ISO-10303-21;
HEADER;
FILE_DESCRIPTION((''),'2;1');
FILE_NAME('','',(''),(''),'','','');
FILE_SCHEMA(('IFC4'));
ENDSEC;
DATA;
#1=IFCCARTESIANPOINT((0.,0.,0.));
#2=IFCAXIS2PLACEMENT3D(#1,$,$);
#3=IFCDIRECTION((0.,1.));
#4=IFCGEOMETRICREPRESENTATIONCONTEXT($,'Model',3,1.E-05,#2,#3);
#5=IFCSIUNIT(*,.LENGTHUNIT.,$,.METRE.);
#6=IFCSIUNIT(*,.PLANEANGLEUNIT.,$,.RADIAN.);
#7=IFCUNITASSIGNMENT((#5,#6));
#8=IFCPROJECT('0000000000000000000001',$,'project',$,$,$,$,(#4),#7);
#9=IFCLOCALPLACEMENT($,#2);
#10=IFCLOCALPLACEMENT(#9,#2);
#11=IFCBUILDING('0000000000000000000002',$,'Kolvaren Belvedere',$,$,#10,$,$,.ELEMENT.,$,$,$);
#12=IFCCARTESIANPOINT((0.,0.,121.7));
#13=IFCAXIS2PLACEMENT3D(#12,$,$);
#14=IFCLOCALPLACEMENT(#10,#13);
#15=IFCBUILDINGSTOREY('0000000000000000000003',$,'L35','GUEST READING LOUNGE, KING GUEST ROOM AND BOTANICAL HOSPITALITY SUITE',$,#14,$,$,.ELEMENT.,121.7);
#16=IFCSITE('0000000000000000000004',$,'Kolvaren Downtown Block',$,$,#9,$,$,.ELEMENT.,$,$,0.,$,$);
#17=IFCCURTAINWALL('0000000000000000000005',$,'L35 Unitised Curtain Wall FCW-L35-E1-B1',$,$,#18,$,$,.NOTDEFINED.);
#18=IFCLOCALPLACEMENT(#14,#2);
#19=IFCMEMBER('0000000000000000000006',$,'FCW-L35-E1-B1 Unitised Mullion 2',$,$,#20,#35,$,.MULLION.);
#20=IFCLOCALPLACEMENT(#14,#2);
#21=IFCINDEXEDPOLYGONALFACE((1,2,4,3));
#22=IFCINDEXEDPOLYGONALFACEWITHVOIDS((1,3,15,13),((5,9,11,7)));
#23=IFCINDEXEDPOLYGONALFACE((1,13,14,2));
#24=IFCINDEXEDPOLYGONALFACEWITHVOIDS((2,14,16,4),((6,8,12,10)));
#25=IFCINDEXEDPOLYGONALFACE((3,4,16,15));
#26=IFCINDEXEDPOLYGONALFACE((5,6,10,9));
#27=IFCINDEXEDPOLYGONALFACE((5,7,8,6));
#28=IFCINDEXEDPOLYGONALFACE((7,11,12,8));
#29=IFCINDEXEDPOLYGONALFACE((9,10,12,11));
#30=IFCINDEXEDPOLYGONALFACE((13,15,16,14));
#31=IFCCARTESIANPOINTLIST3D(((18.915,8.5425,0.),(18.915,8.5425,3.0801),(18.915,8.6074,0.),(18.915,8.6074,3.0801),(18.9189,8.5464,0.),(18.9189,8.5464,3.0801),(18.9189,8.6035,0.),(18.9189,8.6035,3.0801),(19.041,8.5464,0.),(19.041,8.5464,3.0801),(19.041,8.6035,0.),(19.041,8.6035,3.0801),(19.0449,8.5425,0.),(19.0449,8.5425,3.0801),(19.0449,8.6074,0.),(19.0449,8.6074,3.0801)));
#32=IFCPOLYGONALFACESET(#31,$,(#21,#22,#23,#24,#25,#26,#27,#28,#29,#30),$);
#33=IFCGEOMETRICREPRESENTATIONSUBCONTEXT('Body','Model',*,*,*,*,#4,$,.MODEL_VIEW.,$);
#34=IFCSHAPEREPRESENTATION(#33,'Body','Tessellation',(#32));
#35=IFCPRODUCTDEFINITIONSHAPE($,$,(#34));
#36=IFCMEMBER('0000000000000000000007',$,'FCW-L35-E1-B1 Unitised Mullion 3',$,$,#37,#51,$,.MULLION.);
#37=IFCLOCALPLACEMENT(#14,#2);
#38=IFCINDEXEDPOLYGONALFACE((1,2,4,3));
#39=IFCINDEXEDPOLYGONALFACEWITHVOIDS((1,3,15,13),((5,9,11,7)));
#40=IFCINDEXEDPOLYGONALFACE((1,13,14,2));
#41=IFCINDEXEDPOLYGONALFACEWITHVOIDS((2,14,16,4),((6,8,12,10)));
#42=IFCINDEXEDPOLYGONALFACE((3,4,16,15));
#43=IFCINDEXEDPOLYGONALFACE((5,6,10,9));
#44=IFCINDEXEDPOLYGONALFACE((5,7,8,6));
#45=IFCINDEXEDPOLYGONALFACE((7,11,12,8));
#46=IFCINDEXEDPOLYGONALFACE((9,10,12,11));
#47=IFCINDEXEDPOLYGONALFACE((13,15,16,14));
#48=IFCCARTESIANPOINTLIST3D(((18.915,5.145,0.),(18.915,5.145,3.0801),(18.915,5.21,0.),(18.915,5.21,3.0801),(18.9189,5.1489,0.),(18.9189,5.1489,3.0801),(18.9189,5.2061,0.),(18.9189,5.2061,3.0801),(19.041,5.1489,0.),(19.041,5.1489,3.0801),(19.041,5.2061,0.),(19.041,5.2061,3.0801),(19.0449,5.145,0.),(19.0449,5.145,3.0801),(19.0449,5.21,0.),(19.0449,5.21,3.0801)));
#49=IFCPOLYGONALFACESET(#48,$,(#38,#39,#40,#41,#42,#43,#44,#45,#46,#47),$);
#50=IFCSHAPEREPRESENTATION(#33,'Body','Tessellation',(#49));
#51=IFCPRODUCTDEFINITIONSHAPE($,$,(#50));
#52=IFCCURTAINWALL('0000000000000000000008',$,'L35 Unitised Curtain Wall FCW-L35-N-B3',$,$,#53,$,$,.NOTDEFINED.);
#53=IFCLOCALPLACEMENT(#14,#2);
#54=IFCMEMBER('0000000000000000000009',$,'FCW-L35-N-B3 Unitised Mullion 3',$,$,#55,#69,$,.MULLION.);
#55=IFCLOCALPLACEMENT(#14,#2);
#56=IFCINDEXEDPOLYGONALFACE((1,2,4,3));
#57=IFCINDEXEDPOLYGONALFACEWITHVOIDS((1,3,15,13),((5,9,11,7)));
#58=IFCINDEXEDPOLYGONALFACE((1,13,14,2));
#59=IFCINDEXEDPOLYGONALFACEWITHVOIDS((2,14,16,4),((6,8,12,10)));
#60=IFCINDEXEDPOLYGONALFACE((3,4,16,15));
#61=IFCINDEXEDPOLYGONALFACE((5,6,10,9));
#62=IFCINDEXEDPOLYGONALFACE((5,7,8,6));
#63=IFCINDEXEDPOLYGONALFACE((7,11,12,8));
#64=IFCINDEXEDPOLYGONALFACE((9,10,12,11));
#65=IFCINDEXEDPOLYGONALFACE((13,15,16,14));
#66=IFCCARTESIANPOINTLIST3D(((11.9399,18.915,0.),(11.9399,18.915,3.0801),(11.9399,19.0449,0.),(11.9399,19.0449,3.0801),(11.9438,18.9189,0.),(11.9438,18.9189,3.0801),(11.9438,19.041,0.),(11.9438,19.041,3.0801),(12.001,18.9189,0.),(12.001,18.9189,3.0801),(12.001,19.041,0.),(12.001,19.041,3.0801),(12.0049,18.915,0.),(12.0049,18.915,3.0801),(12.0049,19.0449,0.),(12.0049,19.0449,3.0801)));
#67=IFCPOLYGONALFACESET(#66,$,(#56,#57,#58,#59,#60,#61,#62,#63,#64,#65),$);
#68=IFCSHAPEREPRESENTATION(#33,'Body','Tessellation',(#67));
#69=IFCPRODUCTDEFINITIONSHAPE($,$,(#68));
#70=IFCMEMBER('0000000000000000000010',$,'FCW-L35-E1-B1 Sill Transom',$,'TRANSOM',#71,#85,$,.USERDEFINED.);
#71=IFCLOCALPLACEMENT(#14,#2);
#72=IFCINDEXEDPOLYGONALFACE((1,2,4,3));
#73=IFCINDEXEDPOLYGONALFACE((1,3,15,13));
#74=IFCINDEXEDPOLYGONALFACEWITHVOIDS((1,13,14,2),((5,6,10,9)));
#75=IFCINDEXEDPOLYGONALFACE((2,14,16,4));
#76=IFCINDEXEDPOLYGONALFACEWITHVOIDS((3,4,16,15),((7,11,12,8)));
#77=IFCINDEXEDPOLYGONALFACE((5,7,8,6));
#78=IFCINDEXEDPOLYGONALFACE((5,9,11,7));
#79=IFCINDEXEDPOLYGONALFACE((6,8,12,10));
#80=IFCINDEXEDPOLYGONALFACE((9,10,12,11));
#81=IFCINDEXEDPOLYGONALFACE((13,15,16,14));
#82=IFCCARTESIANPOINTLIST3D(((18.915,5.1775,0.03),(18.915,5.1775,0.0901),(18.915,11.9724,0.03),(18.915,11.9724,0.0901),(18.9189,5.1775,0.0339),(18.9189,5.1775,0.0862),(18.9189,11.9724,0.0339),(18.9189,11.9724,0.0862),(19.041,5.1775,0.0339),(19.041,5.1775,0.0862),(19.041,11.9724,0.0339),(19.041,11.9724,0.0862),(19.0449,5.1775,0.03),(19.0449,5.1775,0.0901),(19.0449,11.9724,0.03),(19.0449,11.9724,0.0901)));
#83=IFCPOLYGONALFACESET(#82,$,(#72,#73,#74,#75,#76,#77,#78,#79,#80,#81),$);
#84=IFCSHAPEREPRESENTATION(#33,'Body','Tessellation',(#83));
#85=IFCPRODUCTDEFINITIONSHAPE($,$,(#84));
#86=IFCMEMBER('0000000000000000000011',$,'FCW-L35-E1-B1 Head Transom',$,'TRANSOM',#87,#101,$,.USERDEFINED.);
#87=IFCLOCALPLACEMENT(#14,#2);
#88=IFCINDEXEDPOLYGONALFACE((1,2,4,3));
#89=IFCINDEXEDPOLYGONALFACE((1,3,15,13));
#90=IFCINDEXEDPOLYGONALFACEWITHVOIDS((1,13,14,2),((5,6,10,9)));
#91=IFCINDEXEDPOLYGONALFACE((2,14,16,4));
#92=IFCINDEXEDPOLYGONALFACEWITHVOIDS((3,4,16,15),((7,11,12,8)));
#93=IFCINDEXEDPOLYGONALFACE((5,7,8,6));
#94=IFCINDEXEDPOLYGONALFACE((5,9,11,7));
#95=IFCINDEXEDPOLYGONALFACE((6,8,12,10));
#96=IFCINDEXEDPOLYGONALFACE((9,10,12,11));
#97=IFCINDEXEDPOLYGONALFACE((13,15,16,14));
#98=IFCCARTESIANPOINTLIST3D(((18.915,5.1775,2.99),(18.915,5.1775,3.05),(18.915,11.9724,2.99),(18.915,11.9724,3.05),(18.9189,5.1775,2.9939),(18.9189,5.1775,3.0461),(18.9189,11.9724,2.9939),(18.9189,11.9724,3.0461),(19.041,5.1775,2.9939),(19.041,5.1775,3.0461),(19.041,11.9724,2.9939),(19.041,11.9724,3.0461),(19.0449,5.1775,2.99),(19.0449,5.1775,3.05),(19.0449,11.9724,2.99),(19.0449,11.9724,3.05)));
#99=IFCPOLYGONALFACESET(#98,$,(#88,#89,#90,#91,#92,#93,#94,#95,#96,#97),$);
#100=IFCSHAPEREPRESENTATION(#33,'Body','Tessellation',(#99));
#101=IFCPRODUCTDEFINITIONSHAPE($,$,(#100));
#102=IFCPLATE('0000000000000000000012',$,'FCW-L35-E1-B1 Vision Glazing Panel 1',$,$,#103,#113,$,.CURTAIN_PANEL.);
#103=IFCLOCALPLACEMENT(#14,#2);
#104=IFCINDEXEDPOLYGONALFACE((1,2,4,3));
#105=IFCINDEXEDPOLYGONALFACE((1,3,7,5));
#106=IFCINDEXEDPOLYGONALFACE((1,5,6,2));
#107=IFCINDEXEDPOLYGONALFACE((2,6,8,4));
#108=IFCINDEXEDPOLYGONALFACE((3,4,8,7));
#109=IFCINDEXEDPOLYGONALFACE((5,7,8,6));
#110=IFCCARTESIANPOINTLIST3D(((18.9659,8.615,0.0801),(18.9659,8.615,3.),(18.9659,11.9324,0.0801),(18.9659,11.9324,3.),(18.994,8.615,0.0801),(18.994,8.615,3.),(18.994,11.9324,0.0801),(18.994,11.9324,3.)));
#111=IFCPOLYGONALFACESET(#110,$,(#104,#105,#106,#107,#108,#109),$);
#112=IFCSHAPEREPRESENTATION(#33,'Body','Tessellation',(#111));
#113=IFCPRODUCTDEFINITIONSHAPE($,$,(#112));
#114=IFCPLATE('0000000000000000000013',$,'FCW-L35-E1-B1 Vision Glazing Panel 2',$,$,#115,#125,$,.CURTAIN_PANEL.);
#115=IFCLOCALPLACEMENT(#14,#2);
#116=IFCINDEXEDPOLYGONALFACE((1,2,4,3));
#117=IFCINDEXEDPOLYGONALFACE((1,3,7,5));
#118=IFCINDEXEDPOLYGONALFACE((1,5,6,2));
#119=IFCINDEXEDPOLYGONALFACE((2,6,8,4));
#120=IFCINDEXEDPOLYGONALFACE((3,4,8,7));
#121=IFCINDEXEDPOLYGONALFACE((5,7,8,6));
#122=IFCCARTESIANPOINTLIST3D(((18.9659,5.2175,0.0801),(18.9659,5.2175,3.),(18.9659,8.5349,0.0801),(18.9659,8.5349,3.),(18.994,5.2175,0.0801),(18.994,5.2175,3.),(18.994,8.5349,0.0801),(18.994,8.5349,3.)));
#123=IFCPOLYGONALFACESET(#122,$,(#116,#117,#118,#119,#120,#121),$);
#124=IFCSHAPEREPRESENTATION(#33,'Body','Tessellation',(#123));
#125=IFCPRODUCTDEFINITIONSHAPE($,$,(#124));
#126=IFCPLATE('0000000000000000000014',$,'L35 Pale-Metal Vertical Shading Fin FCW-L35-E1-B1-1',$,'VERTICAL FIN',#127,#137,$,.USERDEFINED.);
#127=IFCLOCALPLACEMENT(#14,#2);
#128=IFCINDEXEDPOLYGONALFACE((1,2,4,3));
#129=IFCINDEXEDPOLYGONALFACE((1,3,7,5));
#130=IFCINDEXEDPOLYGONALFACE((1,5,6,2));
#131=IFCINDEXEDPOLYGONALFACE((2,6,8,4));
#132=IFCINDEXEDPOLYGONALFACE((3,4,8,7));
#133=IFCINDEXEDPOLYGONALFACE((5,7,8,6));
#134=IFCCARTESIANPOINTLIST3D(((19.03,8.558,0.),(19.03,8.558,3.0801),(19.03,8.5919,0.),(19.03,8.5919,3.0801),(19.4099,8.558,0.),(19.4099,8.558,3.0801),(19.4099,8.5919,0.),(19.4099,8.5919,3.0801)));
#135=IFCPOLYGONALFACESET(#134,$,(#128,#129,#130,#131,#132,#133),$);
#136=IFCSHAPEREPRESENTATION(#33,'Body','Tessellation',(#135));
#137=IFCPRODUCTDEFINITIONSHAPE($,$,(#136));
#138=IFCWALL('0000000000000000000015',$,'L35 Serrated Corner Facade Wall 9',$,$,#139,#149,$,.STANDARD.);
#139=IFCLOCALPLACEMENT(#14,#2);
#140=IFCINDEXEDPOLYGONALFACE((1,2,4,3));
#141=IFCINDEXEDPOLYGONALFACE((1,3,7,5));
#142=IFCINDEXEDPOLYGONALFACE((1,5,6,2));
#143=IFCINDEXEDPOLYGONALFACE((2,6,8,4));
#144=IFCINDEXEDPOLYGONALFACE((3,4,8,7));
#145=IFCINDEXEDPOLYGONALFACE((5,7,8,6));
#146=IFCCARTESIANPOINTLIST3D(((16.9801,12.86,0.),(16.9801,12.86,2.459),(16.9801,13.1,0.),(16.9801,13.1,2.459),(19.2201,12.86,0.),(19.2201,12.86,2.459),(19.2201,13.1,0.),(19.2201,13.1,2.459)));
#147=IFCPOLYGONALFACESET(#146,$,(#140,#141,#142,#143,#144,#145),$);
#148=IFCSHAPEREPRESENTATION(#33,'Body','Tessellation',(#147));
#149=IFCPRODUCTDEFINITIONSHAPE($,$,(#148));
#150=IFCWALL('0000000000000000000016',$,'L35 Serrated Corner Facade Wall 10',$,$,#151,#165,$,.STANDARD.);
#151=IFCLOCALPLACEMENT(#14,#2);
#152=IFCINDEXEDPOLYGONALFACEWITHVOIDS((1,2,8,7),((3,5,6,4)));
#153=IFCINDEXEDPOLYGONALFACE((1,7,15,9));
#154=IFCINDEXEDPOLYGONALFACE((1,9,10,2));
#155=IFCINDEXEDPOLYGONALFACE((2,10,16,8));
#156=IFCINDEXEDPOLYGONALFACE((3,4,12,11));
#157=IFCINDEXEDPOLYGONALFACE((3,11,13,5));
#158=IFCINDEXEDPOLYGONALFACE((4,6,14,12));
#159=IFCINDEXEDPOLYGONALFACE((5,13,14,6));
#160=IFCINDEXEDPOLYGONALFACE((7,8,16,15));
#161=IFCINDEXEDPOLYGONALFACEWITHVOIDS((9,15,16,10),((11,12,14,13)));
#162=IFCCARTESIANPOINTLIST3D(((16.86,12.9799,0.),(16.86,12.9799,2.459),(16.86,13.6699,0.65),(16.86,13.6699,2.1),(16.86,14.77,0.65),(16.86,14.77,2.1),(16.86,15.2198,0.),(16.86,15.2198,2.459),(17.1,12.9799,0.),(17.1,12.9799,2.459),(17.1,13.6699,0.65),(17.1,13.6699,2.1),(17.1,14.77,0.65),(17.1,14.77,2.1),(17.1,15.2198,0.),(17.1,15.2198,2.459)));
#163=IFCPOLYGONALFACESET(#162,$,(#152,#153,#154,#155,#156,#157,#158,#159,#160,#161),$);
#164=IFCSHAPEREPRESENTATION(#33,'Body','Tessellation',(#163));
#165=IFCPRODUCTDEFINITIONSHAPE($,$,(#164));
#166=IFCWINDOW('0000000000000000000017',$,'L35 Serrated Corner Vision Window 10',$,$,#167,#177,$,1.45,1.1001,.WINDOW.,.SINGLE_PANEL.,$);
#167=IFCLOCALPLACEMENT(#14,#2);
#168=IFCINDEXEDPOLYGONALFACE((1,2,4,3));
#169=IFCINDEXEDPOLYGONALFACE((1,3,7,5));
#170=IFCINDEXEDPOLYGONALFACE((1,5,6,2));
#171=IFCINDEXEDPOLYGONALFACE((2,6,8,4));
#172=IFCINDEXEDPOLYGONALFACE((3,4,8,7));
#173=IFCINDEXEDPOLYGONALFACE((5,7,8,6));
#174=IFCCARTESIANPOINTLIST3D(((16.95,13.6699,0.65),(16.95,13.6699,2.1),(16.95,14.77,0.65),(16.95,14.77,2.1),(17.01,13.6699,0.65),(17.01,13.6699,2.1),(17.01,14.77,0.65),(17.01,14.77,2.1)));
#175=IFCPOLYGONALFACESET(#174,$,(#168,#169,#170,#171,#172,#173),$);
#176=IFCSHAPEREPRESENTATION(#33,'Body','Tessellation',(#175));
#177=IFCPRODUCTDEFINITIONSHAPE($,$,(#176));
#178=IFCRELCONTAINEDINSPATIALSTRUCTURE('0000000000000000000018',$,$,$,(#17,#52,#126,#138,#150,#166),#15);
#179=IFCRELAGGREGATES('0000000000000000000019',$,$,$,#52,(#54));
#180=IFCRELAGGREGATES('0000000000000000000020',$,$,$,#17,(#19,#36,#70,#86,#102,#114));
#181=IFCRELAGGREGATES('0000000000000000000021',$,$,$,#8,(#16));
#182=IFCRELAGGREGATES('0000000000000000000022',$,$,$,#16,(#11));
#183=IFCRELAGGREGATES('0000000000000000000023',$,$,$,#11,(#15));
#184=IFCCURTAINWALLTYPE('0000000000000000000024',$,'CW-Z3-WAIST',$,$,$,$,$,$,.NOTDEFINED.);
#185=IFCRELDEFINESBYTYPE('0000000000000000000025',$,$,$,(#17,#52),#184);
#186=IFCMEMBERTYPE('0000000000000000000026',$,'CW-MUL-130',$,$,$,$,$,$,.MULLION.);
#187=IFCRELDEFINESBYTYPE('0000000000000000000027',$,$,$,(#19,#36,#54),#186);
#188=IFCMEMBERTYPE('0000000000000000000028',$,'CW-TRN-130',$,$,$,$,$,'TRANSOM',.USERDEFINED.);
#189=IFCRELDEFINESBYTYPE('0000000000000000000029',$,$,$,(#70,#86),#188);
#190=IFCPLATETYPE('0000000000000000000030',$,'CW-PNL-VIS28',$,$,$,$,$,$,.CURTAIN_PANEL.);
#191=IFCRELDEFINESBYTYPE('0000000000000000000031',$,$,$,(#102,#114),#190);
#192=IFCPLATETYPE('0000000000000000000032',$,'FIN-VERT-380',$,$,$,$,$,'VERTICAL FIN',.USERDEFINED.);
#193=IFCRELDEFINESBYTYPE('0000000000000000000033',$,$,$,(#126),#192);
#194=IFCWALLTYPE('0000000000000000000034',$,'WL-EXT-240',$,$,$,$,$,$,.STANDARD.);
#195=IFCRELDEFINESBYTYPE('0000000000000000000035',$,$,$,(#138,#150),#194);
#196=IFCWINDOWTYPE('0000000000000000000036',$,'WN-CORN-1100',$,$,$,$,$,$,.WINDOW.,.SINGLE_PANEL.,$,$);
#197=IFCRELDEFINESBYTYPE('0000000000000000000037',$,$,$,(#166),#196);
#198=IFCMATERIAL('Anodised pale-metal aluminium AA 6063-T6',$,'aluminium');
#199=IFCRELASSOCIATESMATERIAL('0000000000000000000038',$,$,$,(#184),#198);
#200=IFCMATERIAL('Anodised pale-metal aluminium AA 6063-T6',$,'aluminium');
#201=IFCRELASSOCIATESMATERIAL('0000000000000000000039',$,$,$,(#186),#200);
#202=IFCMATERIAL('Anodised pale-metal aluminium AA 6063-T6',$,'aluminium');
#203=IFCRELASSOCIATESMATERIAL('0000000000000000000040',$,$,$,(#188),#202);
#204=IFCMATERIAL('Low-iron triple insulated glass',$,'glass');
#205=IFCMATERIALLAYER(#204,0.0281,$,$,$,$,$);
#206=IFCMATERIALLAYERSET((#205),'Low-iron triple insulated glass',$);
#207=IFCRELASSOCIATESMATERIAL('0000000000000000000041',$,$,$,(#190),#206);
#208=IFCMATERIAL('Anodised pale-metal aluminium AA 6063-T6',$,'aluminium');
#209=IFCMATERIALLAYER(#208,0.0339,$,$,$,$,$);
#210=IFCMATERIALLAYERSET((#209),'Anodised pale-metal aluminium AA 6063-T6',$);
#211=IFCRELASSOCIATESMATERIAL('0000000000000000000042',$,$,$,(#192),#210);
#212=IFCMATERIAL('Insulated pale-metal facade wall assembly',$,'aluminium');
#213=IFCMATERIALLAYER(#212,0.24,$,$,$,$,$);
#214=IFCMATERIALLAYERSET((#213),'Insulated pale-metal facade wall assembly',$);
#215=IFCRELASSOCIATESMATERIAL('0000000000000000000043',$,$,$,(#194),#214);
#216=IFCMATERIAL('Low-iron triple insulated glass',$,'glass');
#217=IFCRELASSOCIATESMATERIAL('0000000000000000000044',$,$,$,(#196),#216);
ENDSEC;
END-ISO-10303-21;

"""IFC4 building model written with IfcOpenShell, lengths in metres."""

from ifc_helpers import new_model, si_unit, direction, frame, frame_2d, origin, origin_2d, place, context, subcontext, project, spatial, rectangle, hollow_rectangle, extrude, material, layer, layer_set, material_profile, profile_set, type_object, element, fill, aggregate, save


model = new_model("IFC4")

# Units and contexts
model_context = context("Model", 3, precision=1e-05, world=origin(), true_north=direction((0.0, 1.0)))
body_context = subcontext(model_context, "Body", "Model", "MODEL_VIEW")
ifc_project = project(units=[si_unit("LENGTHUNIT", "METRE"), si_unit("PLANEANGLEUNIT", "RADIAN")], contexts=[model_context])

# Site, building, storey
site_placement = place(None, origin())
site = spatial("IfcSite", under=ifc_project, at=site_placement, Name="Kolvaren Downtown Block", CompositionType="ELEMENT", RefElevation=0.0)
building_placement = place(site_placement, origin())
building = spatial("IfcBuilding", under=site, at=building_placement, Name="Kolvaren Belvedere", CompositionType="ELEMENT")
storey_placement = place(building_placement, frame((0.0, 0.0, 121.7)))
storey = spatial("IfcBuildingStorey", under=building, at=storey_placement, Name="L35", Description="GUEST READING LOUNGE, KING GUEST ROOM AND BOTANICAL HOSPITALITY SUITE", CompositionType="ELEMENT", Elevation=121.7)

# Curtain wall, members
ifc_material_1 = material(Name="Anodised pale-metal aluminium AA 6063-T6", Category="aluminium")
curtain_wall_type = type_object("IfcCurtainWallType", Name="CW-Z3-WAIST", PredefinedType="NOTDEFINED", material=ifc_material_1)
curtain_wall_1_placement = place(storey_placement, origin())
curtain_wall_1 = element("IfcCurtainWall", 1, at=curtain_wall_1_placement, inside=storey, type_object=curtain_wall_type, Name="L35 Unitised Curtain Wall FCW-L35-E1-B1", PredefinedType="NOTDEFINED")
ifc_material_2 = material(Name="Anodised pale-metal aluminium AA 6063-T6", Category="aluminium")
ifc_material_profile_1 = material_profile(ifc_material_2, hollow_rectangle(XDim=0.0649, YDim=0.1299, WallThickness=0.0039, at=origin_2d()), Name="ALU-MUL-130X65")
ifc_profile_set_1 = profile_set([ifc_material_profile_1], Name="Anodised pale-metal aluminium AA 6063-T6")
member_type_1 = type_object("IfcMemberType", Name="CW-MUL-130", PredefinedType="MULLION", material=ifc_profile_set_1)
member_1_placement = place(storey_placement, frame((18.98, 8.575, 0.0), z_axis=(0.0, 0.0, 1.0), x_axis=(0.0, 1.0, 0.0)))
member_1 = element("IfcMember", 2, at=member_1_placement, type_object=member_type_1, Name="FCW-L35-E1-B1 Unitised Mullion 2", PredefinedType="MULLION", context=body_context, shape_type="SweptSolid", body=[
    extrude(hollow_rectangle(XDim=0.0649, YDim=0.1299, WallThickness=0.0039, at=origin_2d()), origin(), (0.0, 0.0, 1.0), 3.0801),
])
member_2_placement = place(storey_placement, frame((18.98, 5.1775, 0.0), z_axis=(0.0, 0.0, 1.0), x_axis=(0.0, 1.0, 0.0)))
member_2 = element("IfcMember", 3, at=member_2_placement, type_object=member_type_1, Name="FCW-L35-E1-B1 Unitised Mullion 3", PredefinedType="MULLION", context=body_context, shape_type="SweptSolid", body=[
    extrude(hollow_rectangle(XDim=0.0649, YDim=0.1299, WallThickness=0.0039, at=origin_2d()), origin(), (0.0, 0.0, 1.0), 3.0801),
])

# Curtain wall, member
curtain_wall_2_placement = place(storey_placement, origin())
curtain_wall_2 = element("IfcCurtainWall", 4, at=curtain_wall_2_placement, inside=storey, type_object=curtain_wall_type, Name="L35 Unitised Curtain Wall FCW-L35-N-B3", PredefinedType="NOTDEFINED")
member_3_placement = place(storey_placement, frame((11.9724, 18.98, 0.0), z_axis=(0.0, 0.0, 1.0), x_axis=(1.0, 0.0, 0.0)))
member_3 = element("IfcMember", 5, at=member_3_placement, type_object=member_type_1, Name="FCW-L35-N-B3 Unitised Mullion 3", PredefinedType="MULLION", context=body_context, shape_type="SweptSolid", body=[
    extrude(hollow_rectangle(XDim=0.0649, YDim=0.1299, WallThickness=0.0039, at=origin_2d()), origin(), (0.0, 0.0, 1.0), 3.0801),
])
aggregate(curtain_wall_2, [member_3])

# Members
ifc_material_3 = material(Name="Anodised pale-metal aluminium AA 6063-T6", Category="aluminium")
ifc_material_profile_2 = material_profile(ifc_material_3, hollow_rectangle(XDim=0.0601, YDim=0.1299, WallThickness=0.0039, at=origin_2d()), Name="ALU-TRN-130X60")
ifc_profile_set_2 = profile_set([ifc_material_profile_2], Name="Anodised pale-metal aluminium AA 6063-T6")
member_type_2 = type_object("IfcMemberType", Name="CW-TRN-130", ElementType="TRANSOM", PredefinedType="USERDEFINED", material=ifc_profile_set_2)
member_4_placement = place(storey_placement, frame((18.98, 11.9724, 0.0601), z_axis=(0.0, -1.0, 0.0), x_axis=(0.0, 0.0, 1.0)))
member_4 = element("IfcMember", 6, at=member_4_placement, type_object=member_type_2, Name="FCW-L35-E1-B1 Sill Transom", ObjectType="TRANSOM", PredefinedType="USERDEFINED", context=body_context, shape_type="SweptSolid", body=[
    extrude(hollow_rectangle(XDim=0.0601, YDim=0.1299, WallThickness=0.0039, at=origin_2d()), origin(), (0.0, 0.0, 1.0), 6.7949),
])
member_5_placement = place(storey_placement, frame((18.98, 11.9724, 3.02), z_axis=(0.0, -1.0, 0.0), x_axis=(0.0, 0.0, 1.0)))
member_5 = element("IfcMember", 7, at=member_5_placement, type_object=member_type_2, Name="FCW-L35-E1-B1 Head Transom", ObjectType="TRANSOM", PredefinedType="USERDEFINED", context=body_context, shape_type="SweptSolid", body=[
    extrude(hollow_rectangle(XDim=0.0601, YDim=0.1299, WallThickness=0.0039, at=origin_2d()), origin(), (0.0, 0.0, 1.0), 6.7949),
])

# Plates
ifc_material_4 = material(Name="Low-iron triple insulated glass", Category="glass")
ifc_layer_1 = layer(ifc_material_4, 0.0281)
ifc_layer_set_1 = layer_set([ifc_layer_1], Name="Low-iron triple insulated glass")
plate_type_1 = type_object("IfcPlateType", Name="CW-PNL-VIS28", PredefinedType="CURTAIN_PANEL", material=ifc_layer_set_1)
plate_1_placement = place(storey_placement, frame((18.98, 10.2737, 0.0801), z_axis=(0.0, 0.0, 1.0), x_axis=(0.0, -1.0, 0.0)))
plate_1 = element("IfcPlate", 8, at=plate_1_placement, type_object=plate_type_1, Name="FCW-L35-E1-B1 Vision Glazing Panel 1", PredefinedType="CURTAIN_PANEL", context=body_context, shape_type="SweptSolid", body=[
    extrude(rectangle(XDim=3.3174, YDim=0.0281, at=origin_2d()), origin(), (0.0, 0.0, 1.0), 2.9199),
])
plate_2_placement = place(storey_placement, frame((18.98, 6.8762, 0.0801), z_axis=(0.0, 0.0, 1.0), x_axis=(0.0, -1.0, 0.0)))
plate_2 = element("IfcPlate", 9, at=plate_2_placement, type_object=plate_type_1, Name="FCW-L35-E1-B1 Vision Glazing Panel 2", PredefinedType="CURTAIN_PANEL", context=body_context, shape_type="SweptSolid", body=[
    extrude(rectangle(XDim=3.3174, YDim=0.0281, at=origin_2d()), origin(), (0.0, 0.0, 1.0), 2.9199),
])
aggregate(curtain_wall_1, [member_1, member_2, member_4, member_5, plate_1, plate_2])
ifc_material_5 = material(Name="Anodised pale-metal aluminium AA 6063-T6", Category="aluminium")
ifc_layer_2 = layer(ifc_material_5, 0.0339)
ifc_layer_set_2 = layer_set([ifc_layer_2], Name="Anodised pale-metal aluminium AA 6063-T6")
plate_type_2 = type_object("IfcPlateType", Name="FIN-VERT-380", ElementType="VERTICAL FIN", PredefinedType="USERDEFINED", material=ifc_layer_set_2)
plate_3_placement = place(storey_placement, frame((19.22, 8.575, 0.0), z_axis=(0.0, 0.0, 1.0), x_axis=(1.0, 0.0, 0.0)))
element("IfcPlate", 10, at=plate_3_placement, inside=storey, type_object=plate_type_2, Name="L35 Pale-Metal Vertical Shading Fin FCW-L35-E1-B1-1", ObjectType="VERTICAL FIN", PredefinedType="USERDEFINED", context=body_context, shape_type="SweptSolid", body=[
    extrude(rectangle(XDim=0.3799, YDim=0.0339, at=origin_2d()), origin(), (0.0, 0.0, 1.0), 3.0801),
])

# Wall
ifc_material_6 = material(Name="Insulated pale-metal facade wall assembly", Category="aluminium")
ifc_layer_3 = layer(ifc_material_6, 0.24)
ifc_layer_set_3 = layer_set([ifc_layer_3], Name="Insulated pale-metal facade wall assembly")
wall_type_1 = type_object("IfcWallType", Name="WL-EXT-240", PredefinedType="STANDARD", material=ifc_layer_set_3)
wall_1_placement = place(storey_placement, frame((16.98, 12.98, 0.0), z_axis=(0.0, 0.0, 1.0), x_axis=(1.0, 0.0, 0.0)))
element("IfcWall", 11, at=wall_1_placement, inside=storey, type_object=wall_type_1, Name="L35 Serrated Corner Facade Wall 9", PredefinedType="STANDARD", context=body_context, shape_type="SweptSolid", body=[
    extrude(rectangle(XDim=2.24, YDim=0.24, at=frame_2d((1.1201, 0.0))), origin(), (0.0, 0.0, 1.0), 2.459),
])

# Wall, opening, window
wall_2_placement = place(storey_placement, frame((16.98, 15.22, 0.0), z_axis=(0.0, 0.0, 1.0), x_axis=(0.0, -1.0, 0.0)))
wall_2 = element("IfcWall", 12, at=wall_2_placement, inside=storey, type_object=wall_type_1, Name="L35 Serrated Corner Facade Wall 10", PredefinedType="STANDARD", context=body_context, shape_type="SweptSolid", body=[
    extrude(rectangle(XDim=2.24, YDim=0.24, at=frame_2d((1.1201, 0.0))), origin(), (0.0, 0.0, 1.0), 2.459),
])
opening_1_placement = place(wall_2_placement, frame((0.45, 0.0, 0.6499)))
opening_1 = element("IfcOpeningElement", 13, at=opening_1_placement, cuts=wall_2, PredefinedType="OPENING", context=body_context, shape_type="SweptSolid", body=[
    extrude(rectangle(XDim=1.1001, YDim=1.45, at=frame_2d((0.55, 0.7251))), frame((0.0, 0.1299, 0.0), z_axis=(0.0, -1.0, 0.0), x_axis=(1.0, 0.0, 0.0)), (0.0, 0.0, 1.0), 0.26),
])
ifc_material_7 = material(Name="Low-iron triple insulated glass", Category="glass")
window_type = type_object("IfcWindowType", Name="WN-CORN-1100", PartitioningType="SINGLE_PANEL", PredefinedType="WINDOW", material=ifc_material_7)
window_1_placement = place(opening_1_placement, origin())
window_1 = element("IfcWindow", 14, at=window_1_placement, inside=storey, type_object=window_type, Name="L35 Serrated Corner Vision Window 10", OverallHeight=1.45, OverallWidth=1.1001, PartitioningType="SINGLE_PANEL", PredefinedType="WINDOW", context=body_context, shape_type="SweptSolid", body=[
    extrude(rectangle(XDim=1.1001, YDim=1.45, at=frame_2d((0.55, 0.7251))), frame((0.0, 0.03, 0.0), z_axis=(0.0, -1.0, 0.0), x_axis=(1.0, 0.0, 0.0)), (0.0, 0.0, 1.0), 0.0601),
])
fill(opening_1, window_1)

save(model, "model.ifc")
